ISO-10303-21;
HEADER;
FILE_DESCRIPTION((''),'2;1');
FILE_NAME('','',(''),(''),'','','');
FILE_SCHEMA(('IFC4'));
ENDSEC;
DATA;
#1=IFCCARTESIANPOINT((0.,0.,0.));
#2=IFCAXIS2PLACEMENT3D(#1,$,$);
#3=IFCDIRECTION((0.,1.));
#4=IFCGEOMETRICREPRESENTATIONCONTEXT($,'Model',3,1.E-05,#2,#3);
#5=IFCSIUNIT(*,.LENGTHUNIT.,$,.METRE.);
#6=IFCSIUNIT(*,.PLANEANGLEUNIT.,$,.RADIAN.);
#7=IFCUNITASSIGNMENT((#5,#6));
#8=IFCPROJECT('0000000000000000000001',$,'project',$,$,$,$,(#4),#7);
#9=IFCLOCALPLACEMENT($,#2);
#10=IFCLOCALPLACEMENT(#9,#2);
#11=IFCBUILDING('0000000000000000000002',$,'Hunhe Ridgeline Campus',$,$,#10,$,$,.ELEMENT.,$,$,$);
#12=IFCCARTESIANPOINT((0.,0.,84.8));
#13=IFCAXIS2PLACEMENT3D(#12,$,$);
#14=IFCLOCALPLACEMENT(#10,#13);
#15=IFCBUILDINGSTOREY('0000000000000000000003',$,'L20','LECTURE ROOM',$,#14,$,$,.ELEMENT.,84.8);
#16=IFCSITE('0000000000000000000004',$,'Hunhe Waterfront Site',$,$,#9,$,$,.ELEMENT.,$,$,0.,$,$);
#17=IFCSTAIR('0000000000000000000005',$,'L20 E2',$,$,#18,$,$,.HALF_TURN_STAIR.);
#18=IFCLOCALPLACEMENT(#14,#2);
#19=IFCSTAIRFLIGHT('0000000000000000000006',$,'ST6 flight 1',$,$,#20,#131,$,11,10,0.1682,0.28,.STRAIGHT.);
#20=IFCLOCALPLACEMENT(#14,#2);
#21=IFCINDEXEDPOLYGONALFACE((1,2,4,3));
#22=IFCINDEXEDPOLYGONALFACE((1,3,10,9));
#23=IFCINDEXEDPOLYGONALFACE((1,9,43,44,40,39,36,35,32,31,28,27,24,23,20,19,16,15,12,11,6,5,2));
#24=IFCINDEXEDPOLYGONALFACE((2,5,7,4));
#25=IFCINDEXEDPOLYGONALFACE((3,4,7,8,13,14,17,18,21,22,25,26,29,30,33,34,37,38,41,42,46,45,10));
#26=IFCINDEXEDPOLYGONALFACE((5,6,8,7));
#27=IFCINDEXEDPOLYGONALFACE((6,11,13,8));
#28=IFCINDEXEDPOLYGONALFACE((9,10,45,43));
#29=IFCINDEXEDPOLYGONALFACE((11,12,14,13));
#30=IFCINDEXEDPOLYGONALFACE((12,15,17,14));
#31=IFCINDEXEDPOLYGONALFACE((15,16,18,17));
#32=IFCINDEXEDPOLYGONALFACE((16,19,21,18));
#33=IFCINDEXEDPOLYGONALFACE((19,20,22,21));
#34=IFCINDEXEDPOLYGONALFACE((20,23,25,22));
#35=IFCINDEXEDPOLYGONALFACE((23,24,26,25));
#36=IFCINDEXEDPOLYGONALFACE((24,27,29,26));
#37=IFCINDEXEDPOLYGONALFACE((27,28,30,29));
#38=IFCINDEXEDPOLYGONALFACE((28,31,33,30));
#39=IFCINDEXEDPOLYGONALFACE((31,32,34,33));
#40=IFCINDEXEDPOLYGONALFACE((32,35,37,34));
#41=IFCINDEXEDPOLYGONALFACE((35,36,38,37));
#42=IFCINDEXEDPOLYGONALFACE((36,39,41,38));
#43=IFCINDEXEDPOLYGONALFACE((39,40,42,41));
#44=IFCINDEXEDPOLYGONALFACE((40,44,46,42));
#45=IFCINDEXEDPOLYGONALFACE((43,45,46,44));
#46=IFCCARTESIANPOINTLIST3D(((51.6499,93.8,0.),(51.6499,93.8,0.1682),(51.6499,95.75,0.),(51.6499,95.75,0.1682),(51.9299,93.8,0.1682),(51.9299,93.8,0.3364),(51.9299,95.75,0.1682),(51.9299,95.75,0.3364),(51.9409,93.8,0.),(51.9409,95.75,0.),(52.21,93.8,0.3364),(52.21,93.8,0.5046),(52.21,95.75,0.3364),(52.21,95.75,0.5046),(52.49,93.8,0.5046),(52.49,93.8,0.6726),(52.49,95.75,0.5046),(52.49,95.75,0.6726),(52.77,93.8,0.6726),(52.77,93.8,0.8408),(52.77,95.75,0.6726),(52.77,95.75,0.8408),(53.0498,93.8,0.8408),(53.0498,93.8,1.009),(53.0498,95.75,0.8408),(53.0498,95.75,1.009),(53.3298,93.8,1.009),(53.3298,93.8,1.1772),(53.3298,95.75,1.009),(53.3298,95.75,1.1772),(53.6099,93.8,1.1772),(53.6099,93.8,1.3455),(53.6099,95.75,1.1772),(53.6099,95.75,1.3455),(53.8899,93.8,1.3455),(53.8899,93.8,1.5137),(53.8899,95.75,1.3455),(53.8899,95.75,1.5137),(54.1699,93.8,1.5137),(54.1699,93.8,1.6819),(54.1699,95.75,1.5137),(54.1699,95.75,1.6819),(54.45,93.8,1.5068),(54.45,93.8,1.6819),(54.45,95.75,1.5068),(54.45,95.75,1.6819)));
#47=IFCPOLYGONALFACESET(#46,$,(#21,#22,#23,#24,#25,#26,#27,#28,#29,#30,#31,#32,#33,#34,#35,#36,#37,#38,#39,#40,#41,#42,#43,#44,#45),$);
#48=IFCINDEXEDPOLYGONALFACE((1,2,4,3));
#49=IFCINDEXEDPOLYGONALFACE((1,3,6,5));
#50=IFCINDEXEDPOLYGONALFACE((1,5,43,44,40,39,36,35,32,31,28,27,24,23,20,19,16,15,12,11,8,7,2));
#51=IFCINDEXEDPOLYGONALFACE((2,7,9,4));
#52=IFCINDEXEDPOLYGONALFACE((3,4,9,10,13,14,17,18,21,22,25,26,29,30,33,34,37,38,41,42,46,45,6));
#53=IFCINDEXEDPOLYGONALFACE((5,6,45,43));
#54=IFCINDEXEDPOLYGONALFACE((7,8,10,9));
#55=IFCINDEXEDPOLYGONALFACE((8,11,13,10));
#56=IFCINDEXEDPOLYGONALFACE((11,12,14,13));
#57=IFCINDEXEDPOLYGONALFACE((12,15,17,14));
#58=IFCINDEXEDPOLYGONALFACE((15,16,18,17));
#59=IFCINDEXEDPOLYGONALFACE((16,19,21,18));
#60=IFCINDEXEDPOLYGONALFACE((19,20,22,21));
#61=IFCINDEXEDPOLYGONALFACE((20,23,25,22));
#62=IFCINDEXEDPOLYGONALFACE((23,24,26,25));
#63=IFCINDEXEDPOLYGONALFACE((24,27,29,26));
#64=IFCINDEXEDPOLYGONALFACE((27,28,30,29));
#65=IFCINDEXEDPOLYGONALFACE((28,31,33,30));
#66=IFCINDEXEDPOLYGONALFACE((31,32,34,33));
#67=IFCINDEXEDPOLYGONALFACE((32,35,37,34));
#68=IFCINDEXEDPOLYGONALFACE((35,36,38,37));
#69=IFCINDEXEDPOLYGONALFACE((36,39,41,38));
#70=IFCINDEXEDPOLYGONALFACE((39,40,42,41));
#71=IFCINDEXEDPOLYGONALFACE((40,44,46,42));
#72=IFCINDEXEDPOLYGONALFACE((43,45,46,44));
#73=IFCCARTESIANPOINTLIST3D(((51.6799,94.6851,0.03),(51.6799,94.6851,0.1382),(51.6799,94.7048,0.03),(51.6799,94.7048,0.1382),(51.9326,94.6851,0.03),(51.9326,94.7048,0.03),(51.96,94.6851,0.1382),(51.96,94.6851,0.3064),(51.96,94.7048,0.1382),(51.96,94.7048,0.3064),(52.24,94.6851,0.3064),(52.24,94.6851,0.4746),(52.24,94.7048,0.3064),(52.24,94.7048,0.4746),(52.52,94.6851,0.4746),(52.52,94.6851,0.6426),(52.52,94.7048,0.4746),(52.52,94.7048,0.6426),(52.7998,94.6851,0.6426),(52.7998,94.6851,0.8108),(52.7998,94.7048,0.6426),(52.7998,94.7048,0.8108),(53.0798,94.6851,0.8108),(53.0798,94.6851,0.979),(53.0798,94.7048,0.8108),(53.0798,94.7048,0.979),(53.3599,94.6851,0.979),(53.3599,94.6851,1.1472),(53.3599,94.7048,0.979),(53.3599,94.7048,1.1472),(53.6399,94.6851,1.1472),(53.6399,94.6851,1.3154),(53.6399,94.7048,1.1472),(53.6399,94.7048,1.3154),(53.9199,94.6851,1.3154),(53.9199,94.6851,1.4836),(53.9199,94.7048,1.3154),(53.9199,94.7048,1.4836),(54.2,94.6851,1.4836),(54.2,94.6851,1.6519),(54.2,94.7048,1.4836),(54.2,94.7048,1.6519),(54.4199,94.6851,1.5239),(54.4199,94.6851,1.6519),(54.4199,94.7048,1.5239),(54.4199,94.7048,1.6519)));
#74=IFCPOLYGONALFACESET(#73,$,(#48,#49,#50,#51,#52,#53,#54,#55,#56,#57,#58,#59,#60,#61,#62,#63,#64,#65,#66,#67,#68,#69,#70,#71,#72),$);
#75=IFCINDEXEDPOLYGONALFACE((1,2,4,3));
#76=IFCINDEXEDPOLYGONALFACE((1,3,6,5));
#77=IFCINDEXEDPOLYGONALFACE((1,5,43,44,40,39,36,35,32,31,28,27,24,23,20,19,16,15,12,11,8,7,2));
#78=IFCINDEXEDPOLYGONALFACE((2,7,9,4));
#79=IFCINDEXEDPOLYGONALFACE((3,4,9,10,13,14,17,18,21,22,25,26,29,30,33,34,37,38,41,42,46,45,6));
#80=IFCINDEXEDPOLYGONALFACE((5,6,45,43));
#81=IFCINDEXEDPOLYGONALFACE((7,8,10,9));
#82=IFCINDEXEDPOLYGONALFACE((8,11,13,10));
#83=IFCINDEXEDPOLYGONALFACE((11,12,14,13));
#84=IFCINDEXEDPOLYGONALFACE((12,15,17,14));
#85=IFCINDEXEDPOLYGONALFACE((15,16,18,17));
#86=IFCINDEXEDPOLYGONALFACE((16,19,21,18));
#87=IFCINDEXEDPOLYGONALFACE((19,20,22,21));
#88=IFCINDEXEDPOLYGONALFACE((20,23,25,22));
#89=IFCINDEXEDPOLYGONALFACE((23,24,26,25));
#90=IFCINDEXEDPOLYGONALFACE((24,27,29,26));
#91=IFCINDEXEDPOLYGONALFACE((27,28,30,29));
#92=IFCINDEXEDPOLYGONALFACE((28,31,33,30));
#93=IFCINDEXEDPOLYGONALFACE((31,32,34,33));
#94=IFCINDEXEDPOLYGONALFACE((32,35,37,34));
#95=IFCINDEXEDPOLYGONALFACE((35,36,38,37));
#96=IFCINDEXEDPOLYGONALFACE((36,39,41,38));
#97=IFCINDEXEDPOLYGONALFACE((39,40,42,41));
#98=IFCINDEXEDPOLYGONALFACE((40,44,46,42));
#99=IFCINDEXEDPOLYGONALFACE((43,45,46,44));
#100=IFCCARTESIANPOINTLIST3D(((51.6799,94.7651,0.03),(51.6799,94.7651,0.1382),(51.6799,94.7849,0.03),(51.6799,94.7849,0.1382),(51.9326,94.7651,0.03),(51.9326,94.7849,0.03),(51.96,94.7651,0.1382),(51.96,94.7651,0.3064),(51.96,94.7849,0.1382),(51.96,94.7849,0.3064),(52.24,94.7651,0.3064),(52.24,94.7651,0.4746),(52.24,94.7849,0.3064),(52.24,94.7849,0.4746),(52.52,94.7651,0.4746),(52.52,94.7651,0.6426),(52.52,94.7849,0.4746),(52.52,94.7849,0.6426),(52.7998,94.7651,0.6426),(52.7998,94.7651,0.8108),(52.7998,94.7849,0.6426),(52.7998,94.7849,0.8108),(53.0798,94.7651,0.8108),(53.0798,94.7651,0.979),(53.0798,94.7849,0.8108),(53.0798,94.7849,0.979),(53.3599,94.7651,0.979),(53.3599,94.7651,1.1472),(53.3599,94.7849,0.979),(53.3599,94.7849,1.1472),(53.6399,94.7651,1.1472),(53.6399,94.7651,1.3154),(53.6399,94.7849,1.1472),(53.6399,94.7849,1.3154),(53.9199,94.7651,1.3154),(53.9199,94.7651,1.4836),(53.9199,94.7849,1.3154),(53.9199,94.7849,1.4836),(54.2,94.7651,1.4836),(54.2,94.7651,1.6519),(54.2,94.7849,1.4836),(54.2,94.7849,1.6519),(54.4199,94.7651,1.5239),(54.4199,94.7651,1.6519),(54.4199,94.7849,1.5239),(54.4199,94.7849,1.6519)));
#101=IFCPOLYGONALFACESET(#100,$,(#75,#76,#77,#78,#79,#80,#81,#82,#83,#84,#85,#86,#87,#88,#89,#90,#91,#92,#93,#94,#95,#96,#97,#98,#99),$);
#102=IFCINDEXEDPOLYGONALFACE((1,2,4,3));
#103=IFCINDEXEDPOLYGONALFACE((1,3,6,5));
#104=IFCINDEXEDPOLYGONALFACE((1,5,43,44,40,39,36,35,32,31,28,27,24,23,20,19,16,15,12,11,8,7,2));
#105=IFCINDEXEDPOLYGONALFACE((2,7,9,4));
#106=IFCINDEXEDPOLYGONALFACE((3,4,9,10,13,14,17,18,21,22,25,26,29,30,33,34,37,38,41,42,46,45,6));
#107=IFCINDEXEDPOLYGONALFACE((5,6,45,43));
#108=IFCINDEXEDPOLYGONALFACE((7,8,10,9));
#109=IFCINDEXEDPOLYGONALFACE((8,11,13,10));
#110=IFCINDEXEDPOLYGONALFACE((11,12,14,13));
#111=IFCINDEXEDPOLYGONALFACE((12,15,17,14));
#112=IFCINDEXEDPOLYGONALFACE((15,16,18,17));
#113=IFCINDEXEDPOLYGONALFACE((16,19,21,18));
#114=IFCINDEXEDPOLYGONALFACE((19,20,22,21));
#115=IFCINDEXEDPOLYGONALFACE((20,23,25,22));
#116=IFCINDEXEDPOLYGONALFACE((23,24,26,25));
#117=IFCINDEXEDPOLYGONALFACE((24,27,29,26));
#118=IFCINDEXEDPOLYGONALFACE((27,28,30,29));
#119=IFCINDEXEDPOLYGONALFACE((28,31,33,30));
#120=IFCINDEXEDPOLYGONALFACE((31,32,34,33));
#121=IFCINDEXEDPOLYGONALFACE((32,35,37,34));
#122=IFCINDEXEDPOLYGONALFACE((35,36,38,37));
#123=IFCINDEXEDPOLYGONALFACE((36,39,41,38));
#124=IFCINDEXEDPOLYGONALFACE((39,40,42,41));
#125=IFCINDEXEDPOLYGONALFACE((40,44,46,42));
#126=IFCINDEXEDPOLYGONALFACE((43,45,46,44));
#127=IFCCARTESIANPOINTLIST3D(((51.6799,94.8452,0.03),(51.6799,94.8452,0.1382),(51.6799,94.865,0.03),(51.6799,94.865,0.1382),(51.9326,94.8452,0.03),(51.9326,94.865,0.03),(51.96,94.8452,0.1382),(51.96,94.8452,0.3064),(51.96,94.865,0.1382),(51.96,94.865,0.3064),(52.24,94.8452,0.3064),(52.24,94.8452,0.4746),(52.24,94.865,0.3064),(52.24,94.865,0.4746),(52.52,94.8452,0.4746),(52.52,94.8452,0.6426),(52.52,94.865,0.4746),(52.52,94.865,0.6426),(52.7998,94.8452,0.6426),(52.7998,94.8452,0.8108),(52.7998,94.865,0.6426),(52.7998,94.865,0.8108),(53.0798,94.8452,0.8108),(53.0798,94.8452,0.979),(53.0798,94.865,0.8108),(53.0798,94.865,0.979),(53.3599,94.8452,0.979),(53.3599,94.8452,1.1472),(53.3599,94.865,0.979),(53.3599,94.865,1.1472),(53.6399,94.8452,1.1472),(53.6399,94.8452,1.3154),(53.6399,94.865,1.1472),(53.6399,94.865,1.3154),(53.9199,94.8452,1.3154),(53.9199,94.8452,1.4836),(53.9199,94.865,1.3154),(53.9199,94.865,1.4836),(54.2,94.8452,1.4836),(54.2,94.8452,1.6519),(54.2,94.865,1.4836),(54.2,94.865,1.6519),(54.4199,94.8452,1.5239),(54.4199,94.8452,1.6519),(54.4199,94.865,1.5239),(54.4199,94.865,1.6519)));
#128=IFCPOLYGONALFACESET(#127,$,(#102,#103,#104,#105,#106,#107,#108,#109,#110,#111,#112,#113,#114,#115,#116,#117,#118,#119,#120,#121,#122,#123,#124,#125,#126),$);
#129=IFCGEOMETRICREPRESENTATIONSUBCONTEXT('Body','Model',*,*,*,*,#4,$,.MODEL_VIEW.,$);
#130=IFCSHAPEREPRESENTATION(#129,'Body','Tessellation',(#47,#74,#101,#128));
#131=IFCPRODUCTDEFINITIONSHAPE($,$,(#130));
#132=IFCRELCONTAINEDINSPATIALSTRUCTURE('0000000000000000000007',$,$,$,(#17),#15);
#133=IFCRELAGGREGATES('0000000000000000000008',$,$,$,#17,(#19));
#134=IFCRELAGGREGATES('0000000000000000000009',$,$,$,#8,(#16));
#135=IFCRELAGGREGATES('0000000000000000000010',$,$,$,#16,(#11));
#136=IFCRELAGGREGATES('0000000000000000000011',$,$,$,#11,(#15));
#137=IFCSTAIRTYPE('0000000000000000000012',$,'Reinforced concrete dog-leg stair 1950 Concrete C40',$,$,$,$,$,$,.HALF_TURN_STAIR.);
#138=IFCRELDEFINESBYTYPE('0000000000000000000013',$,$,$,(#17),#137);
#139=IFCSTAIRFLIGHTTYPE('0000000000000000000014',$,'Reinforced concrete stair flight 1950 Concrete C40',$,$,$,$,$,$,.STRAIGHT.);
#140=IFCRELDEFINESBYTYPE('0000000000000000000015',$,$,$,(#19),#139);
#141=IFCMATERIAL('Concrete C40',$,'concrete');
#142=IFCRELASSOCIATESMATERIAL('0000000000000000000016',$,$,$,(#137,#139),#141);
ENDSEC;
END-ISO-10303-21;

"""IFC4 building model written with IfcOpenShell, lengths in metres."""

from ifc_helpers import new_model, si_unit, direction, frame, origin, place, context, subcontext, project, spatial, polyline, outline, extrude, material, type_object, element, aggregate, save


model = new_model("IFC4")

# Units and contexts
model_context = context("Model", 3, precision=1e-05, world=origin(), true_north=direction((0.0, 1.0)))
body_context = subcontext(model_context, "Body", "Model", "MODEL_VIEW")
ifc_project = project(units=[si_unit("LENGTHUNIT", "METRE"), si_unit("PLANEANGLEUNIT", "RADIAN")], contexts=[model_context])

# Site, building, storey
site_placement = place(None, origin())
site = spatial("IfcSite", under=ifc_project, at=site_placement, Name="Hunhe Waterfront Site", CompositionType="ELEMENT", RefElevation=0.0)
building_placement = place(site_placement, origin())
building = spatial("IfcBuilding", under=site, at=building_placement, Name="Hunhe Ridgeline Campus", CompositionType="ELEMENT")
storey_placement = place(building_placement, frame((0.0, 0.0, 84.8)))
storey = spatial("IfcBuildingStorey", under=building, at=storey_placement, Name="L20", Description="LECTURE ROOM", CompositionType="ELEMENT", Elevation=84.8)

# Stair, stair flight
ifc_material_1 = material(Name="Concrete C40", Category="concrete")
stair_type = type_object("IfcStairType", Name="Reinforced concrete dog-leg stair 1950 Concrete C40", PredefinedType="HALF_TURN_STAIR", material=ifc_material_1)
stair_1_placement = place(storey_placement, origin())
stair_1 = element("IfcStair", 1, at=stair_1_placement, inside=storey, type_object=stair_type, Name="L20 E2", PredefinedType="HALF_TURN_STAIR")
stair_flight_type = type_object("IfcStairFlightType", Name="Reinforced concrete stair flight 1950 Concrete C40", PredefinedType="STRAIGHT", material=ifc_material_1)
stair_flight_1_placement = place(storey_placement, frame((51.6499, 94.7749, 0.0), z_axis=(0.0, 0.0, 1.0), x_axis=(1.0, 0.0, 0.0)))
stair_flight_1 = element("IfcStairFlight", 2, at=stair_flight_1_placement, type_object=stair_flight_type, Name="ST6 flight 1", NumberOfRisers=11, NumberOfTreads=10, PredefinedType="STRAIGHT", RiserHeight=0.1682, TreadLength=0.28, context=body_context, shape_type="SweptSolid", body=[
    extrude(outline(polyline([(0.0, 0.0), (0.0, 0.1682), (0.28, 0.1682), (0.28, 0.3364), (0.5601, 0.3364), (0.5601, 0.5046), (0.8401, 0.5046), (0.8401, 0.6726), (1.1201, 0.6726), (1.1201, 0.8408), (1.3999, 0.8408), (1.3999, 1.009), (1.6799, 1.009), (1.6799, 1.1772), (1.96, 1.1772), (1.96, 1.3455), (2.24, 1.3455), (2.24, 1.5137), (2.52, 1.5137), (2.52, 1.6819), (2.8, 1.6819), (2.8, 1.8501), (2.8, 1.5068), (0.291, 0.0), (0.0, 0.0)])), frame((0.0, 0.9751, 0.0), z_axis=(0.0, -1.0, 0.0), x_axis=(1.0, 0.0, 0.0)), (0.0, 0.0, 1.0), 1.95),
    extrude(outline(polyline([(0.03, 0.03), (0.03, 0.1382), (0.3101, 0.1382), (0.3101, 0.3064), (0.5901, 0.3064), (0.5901, 0.4746), (0.8701, 0.4746), (0.8701, 0.6426), (1.1499, 0.6426), (1.1499, 0.8108), (1.4299, 0.8108), (1.4299, 0.979), (1.71, 0.979), (1.71, 1.1472), (1.99, 1.1472), (1.99, 1.3154), (2.27, 1.3154), (2.27, 1.4836), (2.55, 1.4836), (2.55, 1.6519), (2.77, 1.6519), (2.77, 1.5239), (0.2827, 0.03), (0.03, 0.03)])), frame((0.0, -0.0701, 0.0), z_axis=(0.0, -1.0, 0.0), x_axis=(1.0, 0.0, 0.0)), (0.0, 0.0, 1.0), 0.0198),
    extrude(outline(polyline([(0.03, 0.03), (0.03, 0.1382), (0.3101, 0.1382), (0.3101, 0.3064), (0.5901, 0.3064), (0.5901, 0.4746), (0.8701, 0.4746), (0.8701, 0.6426), (1.1499, 0.6426), (1.1499, 0.8108), (1.4299, 0.8108), (1.4299, 0.979), (1.71, 0.979), (1.71, 1.1472), (1.99, 1.1472), (1.99, 1.3154), (2.27, 1.3154), (2.27, 1.4836), (2.55, 1.4836), (2.55, 1.6519), (2.77, 1.6519), (2.77, 1.5239), (0.2827, 0.03), (0.03, 0.03)])), frame((0.0, 0.01, 0.0), z_axis=(0.0, -1.0, 0.0), x_axis=(1.0, 0.0, 0.0)), (0.0, 0.0, 1.0), 0.0198),
    extrude(outline(polyline([(0.03, 0.03), (0.03, 0.1382), (0.3101, 0.1382), (0.3101, 0.3064), (0.5901, 0.3064), (0.5901, 0.4746), (0.8701, 0.4746), (0.8701, 0.6426), (1.1499, 0.6426), (1.1499, 0.8108), (1.4299, 0.8108), (1.4299, 0.979), (1.71, 0.979), (1.71, 1.1472), (1.99, 1.1472), (1.99, 1.3154), (2.27, 1.3154), (2.27, 1.4836), (2.55, 1.4836), (2.55, 1.6519), (2.77, 1.6519), (2.77, 1.5239), (0.2827, 0.03), (0.03, 0.03)])), frame((0.0, 0.0901, 0.0), z_axis=(0.0, -1.0, 0.0), x_axis=(1.0, 0.0, 0.0)), (0.0, 0.0, 1.0), 0.0198),
])
aggregate(stair_1, [stair_flight_1])

save(model, "model.ifc")
